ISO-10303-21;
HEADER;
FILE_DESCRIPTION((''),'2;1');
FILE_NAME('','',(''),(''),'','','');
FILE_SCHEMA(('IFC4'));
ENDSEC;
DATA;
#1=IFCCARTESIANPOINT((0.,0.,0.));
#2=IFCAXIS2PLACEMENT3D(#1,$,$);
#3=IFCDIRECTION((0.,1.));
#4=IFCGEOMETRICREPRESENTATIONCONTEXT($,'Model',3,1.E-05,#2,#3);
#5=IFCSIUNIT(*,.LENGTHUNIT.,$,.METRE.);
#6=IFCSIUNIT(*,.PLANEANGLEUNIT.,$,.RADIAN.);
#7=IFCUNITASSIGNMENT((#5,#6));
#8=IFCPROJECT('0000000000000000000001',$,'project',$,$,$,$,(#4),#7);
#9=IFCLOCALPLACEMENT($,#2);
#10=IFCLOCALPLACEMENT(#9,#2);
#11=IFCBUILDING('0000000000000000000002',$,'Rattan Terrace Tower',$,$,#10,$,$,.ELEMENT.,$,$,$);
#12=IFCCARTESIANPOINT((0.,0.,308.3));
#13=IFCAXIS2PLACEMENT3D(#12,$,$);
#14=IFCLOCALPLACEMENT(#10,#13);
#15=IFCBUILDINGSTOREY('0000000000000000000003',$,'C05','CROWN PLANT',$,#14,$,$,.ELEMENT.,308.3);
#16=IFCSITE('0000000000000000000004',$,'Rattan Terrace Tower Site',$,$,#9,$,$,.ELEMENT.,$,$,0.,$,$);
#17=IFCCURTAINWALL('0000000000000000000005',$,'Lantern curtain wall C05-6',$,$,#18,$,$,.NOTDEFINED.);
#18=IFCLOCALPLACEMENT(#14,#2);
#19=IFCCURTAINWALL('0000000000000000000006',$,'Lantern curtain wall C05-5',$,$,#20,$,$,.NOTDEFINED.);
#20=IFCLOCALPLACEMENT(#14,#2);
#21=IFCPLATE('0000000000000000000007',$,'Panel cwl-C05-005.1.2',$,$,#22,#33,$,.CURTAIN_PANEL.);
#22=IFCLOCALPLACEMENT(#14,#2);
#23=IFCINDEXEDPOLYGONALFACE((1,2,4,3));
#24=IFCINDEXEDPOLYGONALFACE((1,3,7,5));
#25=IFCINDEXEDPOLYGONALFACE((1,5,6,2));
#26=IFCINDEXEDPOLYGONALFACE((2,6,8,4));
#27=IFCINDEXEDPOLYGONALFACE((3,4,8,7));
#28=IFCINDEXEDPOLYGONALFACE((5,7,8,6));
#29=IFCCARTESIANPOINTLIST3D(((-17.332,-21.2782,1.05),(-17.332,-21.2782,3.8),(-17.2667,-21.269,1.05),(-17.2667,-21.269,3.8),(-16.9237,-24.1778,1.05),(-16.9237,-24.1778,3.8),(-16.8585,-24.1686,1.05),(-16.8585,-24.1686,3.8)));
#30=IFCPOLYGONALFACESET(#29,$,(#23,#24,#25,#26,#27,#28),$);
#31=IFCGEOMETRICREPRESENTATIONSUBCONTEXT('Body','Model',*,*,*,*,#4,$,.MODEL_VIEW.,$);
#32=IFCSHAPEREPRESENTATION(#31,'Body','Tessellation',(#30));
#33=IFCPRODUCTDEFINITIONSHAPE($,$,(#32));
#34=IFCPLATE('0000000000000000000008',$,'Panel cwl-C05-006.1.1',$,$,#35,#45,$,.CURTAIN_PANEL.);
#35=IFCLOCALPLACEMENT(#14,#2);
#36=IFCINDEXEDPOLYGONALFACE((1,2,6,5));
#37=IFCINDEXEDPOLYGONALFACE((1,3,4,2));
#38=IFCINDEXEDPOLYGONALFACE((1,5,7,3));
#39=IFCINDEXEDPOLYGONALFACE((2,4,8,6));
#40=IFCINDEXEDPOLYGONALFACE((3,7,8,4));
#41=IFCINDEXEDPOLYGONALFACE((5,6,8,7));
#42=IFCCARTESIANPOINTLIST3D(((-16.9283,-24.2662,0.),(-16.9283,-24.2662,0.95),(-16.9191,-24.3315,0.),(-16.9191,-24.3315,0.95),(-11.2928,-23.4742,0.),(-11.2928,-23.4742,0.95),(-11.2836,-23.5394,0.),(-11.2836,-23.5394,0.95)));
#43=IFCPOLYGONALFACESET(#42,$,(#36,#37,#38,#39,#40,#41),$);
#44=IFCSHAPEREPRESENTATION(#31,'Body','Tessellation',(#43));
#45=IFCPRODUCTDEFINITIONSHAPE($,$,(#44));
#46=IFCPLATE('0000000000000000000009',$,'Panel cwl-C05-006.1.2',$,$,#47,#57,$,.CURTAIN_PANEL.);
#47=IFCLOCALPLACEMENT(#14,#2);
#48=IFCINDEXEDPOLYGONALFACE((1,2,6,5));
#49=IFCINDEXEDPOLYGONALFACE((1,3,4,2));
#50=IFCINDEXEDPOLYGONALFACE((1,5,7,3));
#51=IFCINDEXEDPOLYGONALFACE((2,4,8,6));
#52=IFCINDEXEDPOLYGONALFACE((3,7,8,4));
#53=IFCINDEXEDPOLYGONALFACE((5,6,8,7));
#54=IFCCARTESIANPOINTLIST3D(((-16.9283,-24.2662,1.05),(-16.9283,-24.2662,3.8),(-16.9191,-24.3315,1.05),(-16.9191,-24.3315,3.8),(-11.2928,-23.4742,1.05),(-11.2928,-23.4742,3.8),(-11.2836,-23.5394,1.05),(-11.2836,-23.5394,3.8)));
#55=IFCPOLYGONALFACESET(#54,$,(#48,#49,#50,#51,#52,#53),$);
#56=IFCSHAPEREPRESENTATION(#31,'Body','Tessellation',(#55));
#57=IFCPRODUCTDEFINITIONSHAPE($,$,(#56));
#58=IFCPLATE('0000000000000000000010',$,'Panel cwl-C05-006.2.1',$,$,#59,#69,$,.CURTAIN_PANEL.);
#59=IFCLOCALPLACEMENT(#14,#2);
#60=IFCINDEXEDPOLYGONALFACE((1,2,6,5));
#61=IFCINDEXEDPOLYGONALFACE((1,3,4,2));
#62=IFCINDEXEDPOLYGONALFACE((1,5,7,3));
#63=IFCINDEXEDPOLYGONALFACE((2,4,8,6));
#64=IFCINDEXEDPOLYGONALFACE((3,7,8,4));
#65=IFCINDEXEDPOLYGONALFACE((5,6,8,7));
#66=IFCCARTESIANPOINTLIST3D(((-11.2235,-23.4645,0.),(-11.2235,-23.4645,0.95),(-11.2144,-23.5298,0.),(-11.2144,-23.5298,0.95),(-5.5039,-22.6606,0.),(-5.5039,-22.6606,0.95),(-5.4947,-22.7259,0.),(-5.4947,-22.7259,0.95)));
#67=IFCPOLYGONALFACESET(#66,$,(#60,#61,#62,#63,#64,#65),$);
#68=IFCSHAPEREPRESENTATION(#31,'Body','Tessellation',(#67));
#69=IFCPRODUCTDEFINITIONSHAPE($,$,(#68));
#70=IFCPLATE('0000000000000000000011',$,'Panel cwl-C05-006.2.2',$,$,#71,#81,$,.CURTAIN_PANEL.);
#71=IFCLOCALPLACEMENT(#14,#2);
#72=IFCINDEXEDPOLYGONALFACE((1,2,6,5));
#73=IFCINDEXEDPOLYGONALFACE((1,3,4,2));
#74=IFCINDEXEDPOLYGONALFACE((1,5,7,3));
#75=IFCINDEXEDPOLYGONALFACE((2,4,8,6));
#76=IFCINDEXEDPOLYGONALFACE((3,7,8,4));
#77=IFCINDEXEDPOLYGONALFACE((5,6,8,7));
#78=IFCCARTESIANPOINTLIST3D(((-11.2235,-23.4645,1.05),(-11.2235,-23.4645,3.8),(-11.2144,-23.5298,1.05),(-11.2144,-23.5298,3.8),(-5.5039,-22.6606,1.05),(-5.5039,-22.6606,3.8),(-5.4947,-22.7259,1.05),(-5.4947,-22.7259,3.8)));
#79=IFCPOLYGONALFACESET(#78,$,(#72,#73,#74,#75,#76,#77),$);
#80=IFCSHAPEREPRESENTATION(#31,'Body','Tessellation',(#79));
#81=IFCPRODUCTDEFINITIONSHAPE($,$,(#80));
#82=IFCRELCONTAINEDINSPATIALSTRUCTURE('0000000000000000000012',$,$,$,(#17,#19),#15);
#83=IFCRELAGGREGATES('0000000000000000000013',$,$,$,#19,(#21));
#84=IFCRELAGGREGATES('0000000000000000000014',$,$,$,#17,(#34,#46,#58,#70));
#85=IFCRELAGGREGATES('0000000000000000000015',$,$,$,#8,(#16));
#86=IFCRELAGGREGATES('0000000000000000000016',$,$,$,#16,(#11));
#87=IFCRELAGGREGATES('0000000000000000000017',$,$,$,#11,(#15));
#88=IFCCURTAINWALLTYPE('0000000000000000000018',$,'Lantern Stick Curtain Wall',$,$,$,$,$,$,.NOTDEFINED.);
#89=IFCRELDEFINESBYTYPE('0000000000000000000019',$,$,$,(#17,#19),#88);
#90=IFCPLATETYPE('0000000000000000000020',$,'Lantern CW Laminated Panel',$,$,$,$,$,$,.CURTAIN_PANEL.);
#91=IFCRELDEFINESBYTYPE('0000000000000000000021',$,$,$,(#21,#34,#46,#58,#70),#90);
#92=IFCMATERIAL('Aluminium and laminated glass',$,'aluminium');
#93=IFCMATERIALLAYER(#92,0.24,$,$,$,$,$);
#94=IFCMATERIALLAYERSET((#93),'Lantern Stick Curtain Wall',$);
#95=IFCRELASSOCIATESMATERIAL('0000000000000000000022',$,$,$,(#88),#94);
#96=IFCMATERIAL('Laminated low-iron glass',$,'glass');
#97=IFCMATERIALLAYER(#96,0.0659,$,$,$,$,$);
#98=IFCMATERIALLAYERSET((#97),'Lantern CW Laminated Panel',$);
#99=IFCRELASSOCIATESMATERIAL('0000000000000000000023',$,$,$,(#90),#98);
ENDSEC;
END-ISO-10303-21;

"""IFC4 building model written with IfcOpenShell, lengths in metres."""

from ifc_helpers import new_model, si_unit, direction, frame, origin, origin_2d, place, context, subcontext, project, spatial, rectangle, extrude, material, layer, layer_set, type_object, element, aggregate, save


model = new_model("IFC4")

# Units and contexts
model_context = context("Model", 3, precision=1e-05, world=origin(), true_north=direction((0.0, 1.0)))
body_context = subcontext(model_context, "Body", "Model", "MODEL_VIEW")
ifc_project = project(units=[si_unit("LENGTHUNIT", "METRE"), si_unit("PLANEANGLEUNIT", "RADIAN")], contexts=[model_context])

# Site, building, storey
site_placement = place(None, origin())
site = spatial("IfcSite", under=ifc_project, at=site_placement, Name="Rattan Terrace Tower Site", CompositionType="ELEMENT", RefElevation=0.0)
building_placement = place(site_placement, origin())
building = spatial("IfcBuilding", under=site, at=building_placement, Name="Rattan Terrace Tower", CompositionType="ELEMENT")
storey_placement = place(building_placement, frame((0.0, 0.0, 308.3)))
storey = spatial("IfcBuildingStorey", under=building, at=storey_placement, Name="C05", Description="CROWN PLANT", CompositionType="ELEMENT", Elevation=308.3)

# Curtain wall
ifc_material_1 = material(Name="Aluminium and laminated glass", Category="aluminium")
ifc_layer_1 = layer(ifc_material_1, 0.24)
ifc_layer_set_1 = layer_set([ifc_layer_1], Name="Lantern Stick Curtain Wall")
curtain_wall_type = type_object("IfcCurtainWallType", Name="Lantern Stick Curtain Wall", PredefinedType="NOTDEFINED", material=ifc_layer_set_1)
curtain_wall_1_placement = place(storey_placement, origin())
curtain_wall_1 = element("IfcCurtainWall", 1, at=curtain_wall_1_placement, inside=storey, type_object=curtain_wall_type, Name="Lantern curtain wall C05-6", PredefinedType="NOTDEFINED")

# Curtain wall, plate
curtain_wall_2_placement = place(storey_placement, origin())
curtain_wall_2 = element("IfcCurtainWall", 2, at=curtain_wall_2_placement, inside=storey, type_object=curtain_wall_type, Name="Lantern curtain wall C05-5", PredefinedType="NOTDEFINED")
ifc_material_2 = material(Name="Laminated low-iron glass", Category="glass")
ifc_layer_2 = layer(ifc_material_2, 0.0659)
ifc_layer_set_2 = layer_set([ifc_layer_2], Name="Lantern CW Laminated Panel")
plate_type = type_object("IfcPlateType", Name="Lantern CW Laminated Panel", PredefinedType="CURTAIN_PANEL", material=ifc_layer_set_2)
plate_1_placement = place(storey_placement, frame((-17.0952, -22.7234, 1.05), z_axis=(0.0, 0.0, 1.0), x_axis=(0.139413, -0.990234, 0.0)))
plate_1 = element("IfcPlate", 3, at=plate_1_placement, type_object=plate_type, Name="Panel cwl-C05-005.1.2", PredefinedType="CURTAIN_PANEL", context=body_context, shape_type="SweptSolid", body=[
    extrude(rectangle(XDim=2.9282, YDim=0.0659, at=origin_2d()), origin(), (0.0, 0.0, 1.0), 2.75),
])
aggregate(curtain_wall_2, [plate_1])

# Plates
plate_2_placement = place(storey_placement, frame((-14.106, -23.9028, 0.0), z_axis=(0.0, 0.0, 1.0), x_axis=(0.990267, 0.139181, 0.0)))
plate_2 = element("IfcPlate", 4, at=plate_2_placement, type_object=plate_type, Name="Panel cwl-C05-006.1.1", PredefinedType="CURTAIN_PANEL", context=body_context, shape_type="SweptSolid", body=[
    extrude(rectangle(XDim=5.6909, YDim=0.0659, at=origin_2d()), origin(), (0.0, 0.0, 1.0), 0.95),
])
plate_3_placement = place(storey_placement, frame((-14.106, -23.9028, 1.05), z_axis=(0.0, 0.0, 1.0), x_axis=(0.990267, 0.139181, 0.0)))
plate_3 = element("IfcPlate", 5, at=plate_3_placement, type_object=plate_type, Name="Panel cwl-C05-006.1.2", PredefinedType="CURTAIN_PANEL", context=body_context, shape_type="SweptSolid", body=[
    extrude(rectangle(XDim=5.6909, YDim=0.0659, at=origin_2d()), origin(), (0.0, 0.0, 1.0), 2.75),
])
plate_4_placement = place(storey_placement, frame((-8.3591, -23.0952, 0.0), z_axis=(0.0, 0.0, 1.0), x_axis=(0.990267, 0.139181, 0.0)))
plate_4 = element("IfcPlate", 6, at=plate_4_placement, type_object=plate_type, Name="Panel cwl-C05-006.2.1", PredefinedType="CURTAIN_PANEL", context=body_context, shape_type="SweptSolid", body=[
    extrude(rectangle(XDim=5.7759, YDim=0.0659, at=origin_2d()), origin(), (0.0, 0.0, 1.0), 0.95),
])
plate_5_placement = place(storey_placement, frame((-8.3591, -23.0952, 1.05), z_axis=(0.0, 0.0, 1.0), x_axis=(0.990267, 0.139181, 0.0)))
plate_5 = element("IfcPlate", 7, at=plate_5_placement, type_object=plate_type, Name="Panel cwl-C05-006.2.2", PredefinedType="CURTAIN_PANEL", context=body_context, shape_type="SweptSolid", body=[
    extrude(rectangle(XDim=5.7759, YDim=0.0659, at=origin_2d()), origin(), (0.0, 0.0, 1.0), 2.75),
])
aggregate(curtain_wall_1, [plate_2, plate_3, plate_4, plate_5])

save(model, "model.ifc")
